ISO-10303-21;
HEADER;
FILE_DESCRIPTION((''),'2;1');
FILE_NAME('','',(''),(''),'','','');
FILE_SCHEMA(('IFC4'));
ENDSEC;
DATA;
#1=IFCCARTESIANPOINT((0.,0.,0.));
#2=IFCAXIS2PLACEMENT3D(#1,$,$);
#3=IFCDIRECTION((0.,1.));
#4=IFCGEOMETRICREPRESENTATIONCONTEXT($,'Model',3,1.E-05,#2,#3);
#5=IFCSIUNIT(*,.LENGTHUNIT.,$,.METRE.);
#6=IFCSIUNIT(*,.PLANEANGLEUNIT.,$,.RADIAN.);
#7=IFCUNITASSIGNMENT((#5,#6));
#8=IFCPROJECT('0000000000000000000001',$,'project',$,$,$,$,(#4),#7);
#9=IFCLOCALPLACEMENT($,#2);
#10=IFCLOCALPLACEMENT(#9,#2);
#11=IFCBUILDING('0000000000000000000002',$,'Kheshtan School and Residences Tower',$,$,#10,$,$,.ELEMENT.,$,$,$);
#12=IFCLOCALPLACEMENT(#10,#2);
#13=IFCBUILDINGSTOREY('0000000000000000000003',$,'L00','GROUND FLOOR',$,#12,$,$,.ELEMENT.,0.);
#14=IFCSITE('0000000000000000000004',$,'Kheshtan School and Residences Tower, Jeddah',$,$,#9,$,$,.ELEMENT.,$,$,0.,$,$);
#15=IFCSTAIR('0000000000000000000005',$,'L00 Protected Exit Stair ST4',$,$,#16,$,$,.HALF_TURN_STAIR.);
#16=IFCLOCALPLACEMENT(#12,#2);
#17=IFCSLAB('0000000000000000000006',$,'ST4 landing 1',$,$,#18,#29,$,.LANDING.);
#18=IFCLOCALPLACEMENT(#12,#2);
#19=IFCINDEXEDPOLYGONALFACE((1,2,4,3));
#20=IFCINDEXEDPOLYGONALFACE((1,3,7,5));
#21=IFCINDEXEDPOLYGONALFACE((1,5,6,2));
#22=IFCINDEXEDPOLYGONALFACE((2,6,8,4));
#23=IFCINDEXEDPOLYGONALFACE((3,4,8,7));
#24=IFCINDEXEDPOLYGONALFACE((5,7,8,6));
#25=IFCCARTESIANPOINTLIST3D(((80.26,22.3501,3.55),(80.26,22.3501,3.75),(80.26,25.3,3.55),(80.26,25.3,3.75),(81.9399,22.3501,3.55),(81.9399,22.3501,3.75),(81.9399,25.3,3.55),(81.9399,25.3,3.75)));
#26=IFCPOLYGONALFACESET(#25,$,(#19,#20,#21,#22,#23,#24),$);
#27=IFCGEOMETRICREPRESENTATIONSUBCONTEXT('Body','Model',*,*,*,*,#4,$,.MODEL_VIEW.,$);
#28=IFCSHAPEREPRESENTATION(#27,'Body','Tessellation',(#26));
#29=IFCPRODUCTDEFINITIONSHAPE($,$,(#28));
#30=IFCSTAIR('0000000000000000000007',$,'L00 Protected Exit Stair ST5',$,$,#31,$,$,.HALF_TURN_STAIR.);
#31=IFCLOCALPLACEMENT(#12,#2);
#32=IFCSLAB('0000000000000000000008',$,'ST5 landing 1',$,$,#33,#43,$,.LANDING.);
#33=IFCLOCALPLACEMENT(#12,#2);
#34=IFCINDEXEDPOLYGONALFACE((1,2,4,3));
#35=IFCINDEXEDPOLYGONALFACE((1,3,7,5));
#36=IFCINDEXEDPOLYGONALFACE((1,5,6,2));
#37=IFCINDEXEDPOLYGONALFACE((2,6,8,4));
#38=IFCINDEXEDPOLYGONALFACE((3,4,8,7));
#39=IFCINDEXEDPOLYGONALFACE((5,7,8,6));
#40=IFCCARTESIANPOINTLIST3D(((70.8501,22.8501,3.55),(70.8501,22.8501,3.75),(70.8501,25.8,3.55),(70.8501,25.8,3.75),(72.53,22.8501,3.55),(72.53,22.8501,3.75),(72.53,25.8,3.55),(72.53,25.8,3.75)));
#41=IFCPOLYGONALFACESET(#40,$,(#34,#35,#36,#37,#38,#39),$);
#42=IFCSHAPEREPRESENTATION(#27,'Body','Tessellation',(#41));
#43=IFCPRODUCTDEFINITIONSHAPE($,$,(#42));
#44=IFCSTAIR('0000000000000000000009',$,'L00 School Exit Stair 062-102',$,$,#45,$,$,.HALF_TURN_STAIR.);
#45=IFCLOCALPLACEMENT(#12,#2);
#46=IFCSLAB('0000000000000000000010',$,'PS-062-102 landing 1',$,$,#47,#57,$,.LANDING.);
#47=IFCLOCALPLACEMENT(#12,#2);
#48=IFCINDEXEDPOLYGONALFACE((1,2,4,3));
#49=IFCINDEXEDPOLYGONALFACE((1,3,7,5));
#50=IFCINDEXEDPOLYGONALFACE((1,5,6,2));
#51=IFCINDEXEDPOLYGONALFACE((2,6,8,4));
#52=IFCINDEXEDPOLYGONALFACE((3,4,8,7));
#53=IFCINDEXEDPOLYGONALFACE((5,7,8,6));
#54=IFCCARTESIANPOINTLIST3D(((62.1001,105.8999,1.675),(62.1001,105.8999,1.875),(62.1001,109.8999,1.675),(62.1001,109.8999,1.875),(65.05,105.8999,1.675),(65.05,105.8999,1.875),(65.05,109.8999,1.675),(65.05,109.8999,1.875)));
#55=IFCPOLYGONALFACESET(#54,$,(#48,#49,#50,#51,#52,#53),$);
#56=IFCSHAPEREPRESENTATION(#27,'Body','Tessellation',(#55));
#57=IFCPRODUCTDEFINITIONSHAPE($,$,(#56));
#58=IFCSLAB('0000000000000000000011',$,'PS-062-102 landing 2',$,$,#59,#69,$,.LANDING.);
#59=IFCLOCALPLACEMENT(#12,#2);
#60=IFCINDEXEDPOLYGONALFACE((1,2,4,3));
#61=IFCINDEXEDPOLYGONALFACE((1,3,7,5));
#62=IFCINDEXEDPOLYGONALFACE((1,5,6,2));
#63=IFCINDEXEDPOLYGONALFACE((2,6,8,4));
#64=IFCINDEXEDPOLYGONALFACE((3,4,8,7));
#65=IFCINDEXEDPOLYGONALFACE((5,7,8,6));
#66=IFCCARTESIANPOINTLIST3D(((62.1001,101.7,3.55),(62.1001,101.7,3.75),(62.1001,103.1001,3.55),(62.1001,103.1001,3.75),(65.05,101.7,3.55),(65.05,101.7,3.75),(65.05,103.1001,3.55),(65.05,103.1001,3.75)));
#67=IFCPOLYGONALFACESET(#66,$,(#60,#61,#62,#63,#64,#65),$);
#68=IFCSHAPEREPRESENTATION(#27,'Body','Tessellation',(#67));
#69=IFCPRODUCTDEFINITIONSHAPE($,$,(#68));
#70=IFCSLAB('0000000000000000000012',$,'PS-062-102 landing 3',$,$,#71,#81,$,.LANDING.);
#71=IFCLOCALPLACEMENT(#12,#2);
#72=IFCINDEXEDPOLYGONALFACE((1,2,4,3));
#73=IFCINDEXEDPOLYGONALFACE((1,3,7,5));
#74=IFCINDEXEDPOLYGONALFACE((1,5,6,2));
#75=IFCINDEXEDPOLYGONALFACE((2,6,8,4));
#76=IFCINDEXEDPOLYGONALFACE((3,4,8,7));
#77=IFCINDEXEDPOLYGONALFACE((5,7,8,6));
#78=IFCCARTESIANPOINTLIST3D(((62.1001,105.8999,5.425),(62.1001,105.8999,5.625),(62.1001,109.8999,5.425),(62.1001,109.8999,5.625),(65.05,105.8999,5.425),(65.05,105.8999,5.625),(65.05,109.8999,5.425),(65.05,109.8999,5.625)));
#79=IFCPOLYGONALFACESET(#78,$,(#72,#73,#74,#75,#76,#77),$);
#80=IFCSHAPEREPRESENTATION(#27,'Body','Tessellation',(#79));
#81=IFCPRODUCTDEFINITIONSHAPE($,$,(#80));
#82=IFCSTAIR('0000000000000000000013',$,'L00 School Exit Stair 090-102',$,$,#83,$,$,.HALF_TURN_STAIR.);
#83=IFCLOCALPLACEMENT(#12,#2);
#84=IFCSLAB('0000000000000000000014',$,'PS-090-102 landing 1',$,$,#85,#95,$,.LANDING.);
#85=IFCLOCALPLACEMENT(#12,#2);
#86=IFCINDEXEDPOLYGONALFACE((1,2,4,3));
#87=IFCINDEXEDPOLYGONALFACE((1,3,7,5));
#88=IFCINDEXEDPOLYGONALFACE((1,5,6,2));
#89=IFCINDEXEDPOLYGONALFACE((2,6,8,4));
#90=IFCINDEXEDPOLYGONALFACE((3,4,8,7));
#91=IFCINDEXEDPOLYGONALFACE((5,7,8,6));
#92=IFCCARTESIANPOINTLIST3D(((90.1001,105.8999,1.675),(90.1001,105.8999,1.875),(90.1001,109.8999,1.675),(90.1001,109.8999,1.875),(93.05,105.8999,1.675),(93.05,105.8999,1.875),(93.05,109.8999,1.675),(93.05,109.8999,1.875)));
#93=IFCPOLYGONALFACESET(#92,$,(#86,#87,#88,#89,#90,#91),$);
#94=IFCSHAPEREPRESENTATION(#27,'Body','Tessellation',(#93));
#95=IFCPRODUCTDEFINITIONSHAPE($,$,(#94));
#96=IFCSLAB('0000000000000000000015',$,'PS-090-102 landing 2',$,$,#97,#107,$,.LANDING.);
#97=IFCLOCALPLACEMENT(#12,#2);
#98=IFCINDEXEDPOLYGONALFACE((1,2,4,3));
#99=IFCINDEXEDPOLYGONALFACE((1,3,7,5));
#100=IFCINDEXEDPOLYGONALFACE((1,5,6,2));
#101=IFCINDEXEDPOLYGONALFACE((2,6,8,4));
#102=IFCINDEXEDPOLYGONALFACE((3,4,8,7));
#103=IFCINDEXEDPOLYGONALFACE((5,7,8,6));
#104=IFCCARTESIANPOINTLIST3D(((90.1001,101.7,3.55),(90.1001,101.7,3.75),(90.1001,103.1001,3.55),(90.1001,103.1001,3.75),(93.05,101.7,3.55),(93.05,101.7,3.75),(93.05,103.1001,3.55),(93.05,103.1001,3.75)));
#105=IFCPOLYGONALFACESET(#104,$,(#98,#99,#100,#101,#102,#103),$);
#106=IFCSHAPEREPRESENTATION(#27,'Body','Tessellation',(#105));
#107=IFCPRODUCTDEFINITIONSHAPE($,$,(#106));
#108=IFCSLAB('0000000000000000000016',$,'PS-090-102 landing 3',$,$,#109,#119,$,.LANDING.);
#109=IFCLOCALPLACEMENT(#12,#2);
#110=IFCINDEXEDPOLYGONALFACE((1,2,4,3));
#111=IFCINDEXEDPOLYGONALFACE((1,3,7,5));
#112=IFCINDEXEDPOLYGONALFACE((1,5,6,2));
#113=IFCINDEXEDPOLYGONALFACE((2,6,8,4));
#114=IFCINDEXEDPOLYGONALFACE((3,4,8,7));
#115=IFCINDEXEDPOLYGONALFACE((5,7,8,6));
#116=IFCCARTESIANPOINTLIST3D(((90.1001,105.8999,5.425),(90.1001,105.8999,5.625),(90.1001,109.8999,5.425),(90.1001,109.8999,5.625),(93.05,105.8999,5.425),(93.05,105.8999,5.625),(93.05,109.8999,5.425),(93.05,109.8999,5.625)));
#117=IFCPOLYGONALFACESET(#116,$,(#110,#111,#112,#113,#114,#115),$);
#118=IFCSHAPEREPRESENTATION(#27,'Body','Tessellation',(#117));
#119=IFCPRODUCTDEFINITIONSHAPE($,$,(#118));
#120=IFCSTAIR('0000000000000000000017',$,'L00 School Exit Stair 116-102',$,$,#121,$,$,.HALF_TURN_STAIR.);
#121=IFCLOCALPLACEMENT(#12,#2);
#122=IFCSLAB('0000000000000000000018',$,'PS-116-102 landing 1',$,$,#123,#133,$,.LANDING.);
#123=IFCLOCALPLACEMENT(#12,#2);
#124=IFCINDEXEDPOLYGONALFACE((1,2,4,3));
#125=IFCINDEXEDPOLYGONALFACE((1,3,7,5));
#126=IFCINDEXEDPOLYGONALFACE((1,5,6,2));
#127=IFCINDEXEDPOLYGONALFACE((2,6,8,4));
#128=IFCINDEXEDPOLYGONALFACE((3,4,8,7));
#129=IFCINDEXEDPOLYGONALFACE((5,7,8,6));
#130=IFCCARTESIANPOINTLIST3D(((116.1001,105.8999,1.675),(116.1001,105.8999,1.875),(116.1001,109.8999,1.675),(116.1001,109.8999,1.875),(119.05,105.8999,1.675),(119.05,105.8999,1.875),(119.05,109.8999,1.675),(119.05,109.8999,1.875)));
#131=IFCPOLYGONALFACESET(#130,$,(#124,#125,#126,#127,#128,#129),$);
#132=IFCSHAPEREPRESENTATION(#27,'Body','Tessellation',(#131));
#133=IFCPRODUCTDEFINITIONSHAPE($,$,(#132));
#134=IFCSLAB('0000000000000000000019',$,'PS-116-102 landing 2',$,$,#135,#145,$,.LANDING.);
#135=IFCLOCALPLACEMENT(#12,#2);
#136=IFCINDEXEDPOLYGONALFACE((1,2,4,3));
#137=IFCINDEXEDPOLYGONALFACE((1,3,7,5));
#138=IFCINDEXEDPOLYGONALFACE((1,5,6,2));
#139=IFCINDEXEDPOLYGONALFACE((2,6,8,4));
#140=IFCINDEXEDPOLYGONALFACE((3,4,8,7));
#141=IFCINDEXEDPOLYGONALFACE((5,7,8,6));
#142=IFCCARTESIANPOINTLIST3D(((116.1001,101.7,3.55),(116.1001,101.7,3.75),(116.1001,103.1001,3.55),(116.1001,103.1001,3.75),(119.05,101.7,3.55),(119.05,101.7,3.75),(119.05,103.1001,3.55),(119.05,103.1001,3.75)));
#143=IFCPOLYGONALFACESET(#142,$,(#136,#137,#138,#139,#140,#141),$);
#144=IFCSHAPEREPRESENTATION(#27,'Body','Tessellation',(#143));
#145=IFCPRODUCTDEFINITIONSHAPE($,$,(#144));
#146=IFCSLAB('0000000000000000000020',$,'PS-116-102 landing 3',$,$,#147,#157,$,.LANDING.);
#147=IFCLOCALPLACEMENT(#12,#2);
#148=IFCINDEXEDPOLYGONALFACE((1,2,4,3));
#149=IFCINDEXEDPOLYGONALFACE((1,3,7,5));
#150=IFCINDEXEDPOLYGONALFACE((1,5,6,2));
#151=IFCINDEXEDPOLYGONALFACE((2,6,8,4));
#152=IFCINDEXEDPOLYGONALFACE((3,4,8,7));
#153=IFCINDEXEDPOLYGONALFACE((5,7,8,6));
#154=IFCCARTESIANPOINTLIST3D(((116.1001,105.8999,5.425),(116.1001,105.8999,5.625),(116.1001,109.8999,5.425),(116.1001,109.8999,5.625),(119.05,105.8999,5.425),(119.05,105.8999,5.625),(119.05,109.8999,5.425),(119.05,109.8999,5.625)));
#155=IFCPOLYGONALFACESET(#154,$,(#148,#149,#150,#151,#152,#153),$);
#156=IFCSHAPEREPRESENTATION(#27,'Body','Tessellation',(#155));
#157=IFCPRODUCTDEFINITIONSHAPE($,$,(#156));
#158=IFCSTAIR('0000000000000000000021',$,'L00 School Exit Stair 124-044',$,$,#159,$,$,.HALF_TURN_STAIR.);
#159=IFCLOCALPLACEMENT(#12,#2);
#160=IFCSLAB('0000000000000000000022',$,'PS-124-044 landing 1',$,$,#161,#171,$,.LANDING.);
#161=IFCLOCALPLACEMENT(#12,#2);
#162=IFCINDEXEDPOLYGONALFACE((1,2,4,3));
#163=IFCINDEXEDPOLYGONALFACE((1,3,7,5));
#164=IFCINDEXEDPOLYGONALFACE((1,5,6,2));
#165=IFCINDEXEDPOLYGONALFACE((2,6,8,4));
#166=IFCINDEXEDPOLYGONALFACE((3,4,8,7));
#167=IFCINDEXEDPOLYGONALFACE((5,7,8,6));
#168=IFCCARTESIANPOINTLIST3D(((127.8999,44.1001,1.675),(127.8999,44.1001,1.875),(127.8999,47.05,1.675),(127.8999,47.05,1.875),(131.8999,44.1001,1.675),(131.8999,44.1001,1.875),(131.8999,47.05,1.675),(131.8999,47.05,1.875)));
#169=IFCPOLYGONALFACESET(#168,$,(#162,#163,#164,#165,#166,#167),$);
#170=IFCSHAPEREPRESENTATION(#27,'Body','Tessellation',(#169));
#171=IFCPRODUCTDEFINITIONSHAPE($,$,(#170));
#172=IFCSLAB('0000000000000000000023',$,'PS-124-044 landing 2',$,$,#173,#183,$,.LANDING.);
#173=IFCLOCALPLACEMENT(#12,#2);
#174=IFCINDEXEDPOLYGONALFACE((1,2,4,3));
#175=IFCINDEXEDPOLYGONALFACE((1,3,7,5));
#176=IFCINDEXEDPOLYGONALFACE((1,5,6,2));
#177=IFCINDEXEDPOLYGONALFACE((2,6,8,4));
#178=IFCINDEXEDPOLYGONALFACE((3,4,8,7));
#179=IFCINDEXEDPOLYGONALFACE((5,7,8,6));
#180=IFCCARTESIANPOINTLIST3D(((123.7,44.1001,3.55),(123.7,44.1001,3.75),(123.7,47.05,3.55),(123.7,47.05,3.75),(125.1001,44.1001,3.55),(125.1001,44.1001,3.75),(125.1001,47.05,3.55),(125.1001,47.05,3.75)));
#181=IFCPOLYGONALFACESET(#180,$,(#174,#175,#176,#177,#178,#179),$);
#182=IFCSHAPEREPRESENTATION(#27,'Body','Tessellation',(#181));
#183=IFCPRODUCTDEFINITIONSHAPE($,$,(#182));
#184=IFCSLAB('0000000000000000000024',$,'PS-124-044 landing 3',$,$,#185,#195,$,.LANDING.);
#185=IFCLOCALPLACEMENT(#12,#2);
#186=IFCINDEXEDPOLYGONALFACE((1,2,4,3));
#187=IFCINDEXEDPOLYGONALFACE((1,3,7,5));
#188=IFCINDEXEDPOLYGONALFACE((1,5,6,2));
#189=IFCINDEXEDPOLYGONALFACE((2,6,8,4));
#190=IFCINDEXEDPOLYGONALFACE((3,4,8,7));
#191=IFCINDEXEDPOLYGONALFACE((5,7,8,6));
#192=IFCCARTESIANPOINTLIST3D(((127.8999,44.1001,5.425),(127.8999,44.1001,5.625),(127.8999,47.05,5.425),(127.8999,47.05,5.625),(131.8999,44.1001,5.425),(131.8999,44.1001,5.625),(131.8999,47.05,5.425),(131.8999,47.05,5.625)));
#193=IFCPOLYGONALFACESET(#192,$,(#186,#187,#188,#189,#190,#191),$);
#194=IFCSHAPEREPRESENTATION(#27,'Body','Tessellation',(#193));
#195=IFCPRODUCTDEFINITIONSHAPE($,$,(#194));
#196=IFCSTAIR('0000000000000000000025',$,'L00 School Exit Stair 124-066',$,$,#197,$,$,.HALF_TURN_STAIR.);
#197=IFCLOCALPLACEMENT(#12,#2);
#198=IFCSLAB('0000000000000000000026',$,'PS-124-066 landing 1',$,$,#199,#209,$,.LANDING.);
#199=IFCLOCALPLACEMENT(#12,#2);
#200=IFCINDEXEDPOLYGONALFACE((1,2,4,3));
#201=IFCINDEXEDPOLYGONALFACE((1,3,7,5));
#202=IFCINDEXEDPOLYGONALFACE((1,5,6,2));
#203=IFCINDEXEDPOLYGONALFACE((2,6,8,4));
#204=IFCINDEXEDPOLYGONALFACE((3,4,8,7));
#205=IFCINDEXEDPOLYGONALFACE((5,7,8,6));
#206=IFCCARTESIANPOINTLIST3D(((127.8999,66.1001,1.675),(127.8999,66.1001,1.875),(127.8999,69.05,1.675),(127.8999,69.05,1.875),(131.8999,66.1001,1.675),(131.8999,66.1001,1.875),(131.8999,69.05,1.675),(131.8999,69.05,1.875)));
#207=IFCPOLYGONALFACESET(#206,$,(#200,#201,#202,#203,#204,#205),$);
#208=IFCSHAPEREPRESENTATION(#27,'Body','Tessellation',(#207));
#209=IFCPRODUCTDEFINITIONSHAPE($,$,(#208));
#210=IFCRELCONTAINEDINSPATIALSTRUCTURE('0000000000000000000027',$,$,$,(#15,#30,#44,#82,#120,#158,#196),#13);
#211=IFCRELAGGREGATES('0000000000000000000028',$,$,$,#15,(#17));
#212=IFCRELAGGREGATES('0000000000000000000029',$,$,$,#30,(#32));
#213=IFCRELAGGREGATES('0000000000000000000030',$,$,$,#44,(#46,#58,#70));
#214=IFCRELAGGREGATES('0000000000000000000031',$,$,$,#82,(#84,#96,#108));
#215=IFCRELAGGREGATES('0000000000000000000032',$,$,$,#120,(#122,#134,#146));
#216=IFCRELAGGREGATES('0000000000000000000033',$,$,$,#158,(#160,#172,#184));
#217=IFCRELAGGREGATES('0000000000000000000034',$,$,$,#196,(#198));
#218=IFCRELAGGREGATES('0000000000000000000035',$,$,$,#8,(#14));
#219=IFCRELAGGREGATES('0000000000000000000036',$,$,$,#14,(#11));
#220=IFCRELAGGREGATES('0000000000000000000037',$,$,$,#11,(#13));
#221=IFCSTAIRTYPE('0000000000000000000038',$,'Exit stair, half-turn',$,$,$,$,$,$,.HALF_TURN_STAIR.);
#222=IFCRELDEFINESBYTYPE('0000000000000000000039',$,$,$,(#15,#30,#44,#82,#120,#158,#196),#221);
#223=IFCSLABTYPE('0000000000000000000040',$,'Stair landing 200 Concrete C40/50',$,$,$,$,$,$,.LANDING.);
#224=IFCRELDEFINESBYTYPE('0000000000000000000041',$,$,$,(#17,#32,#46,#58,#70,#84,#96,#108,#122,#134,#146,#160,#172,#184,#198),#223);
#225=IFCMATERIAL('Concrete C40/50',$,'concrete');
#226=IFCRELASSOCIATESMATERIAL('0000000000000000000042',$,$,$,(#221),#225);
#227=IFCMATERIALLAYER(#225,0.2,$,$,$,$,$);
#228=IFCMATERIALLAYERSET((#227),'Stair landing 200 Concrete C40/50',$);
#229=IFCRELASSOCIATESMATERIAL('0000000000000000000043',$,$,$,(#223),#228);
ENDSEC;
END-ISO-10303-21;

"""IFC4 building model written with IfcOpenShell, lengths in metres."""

from ifc_helpers import new_model, si_unit, direction, frame, origin, place, context, subcontext, project, spatial, polyline, outline, extrude, material, layer, layer_set, type_object, element, aggregate, save


model = new_model("IFC4")

# Units and contexts
model_context = context("Model", 3, precision=1e-05, world=origin(), true_north=direction((0.0, 1.0)))
body_context = subcontext(model_context, "Body", "Model", "MODEL_VIEW")
ifc_project = project(units=[si_unit("LENGTHUNIT", "METRE"), si_unit("PLANEANGLEUNIT", "RADIAN")], contexts=[model_context])

# Site, building, storey
site_placement = place(None, origin())
site = spatial("IfcSite", under=ifc_project, at=site_placement, Name="Kheshtan School and Residences Tower, Jeddah", CompositionType="ELEMENT", RefElevation=0.0)
building_placement = place(site_placement, origin())
building = spatial("IfcBuilding", under=site, at=building_placement, Name="Kheshtan School and Residences Tower", CompositionType="ELEMENT")
storey_placement = place(building_placement, origin())
storey = spatial("IfcBuildingStorey", under=building, at=storey_placement, Name="L00", Description="GROUND FLOOR", CompositionType="ELEMENT", Elevation=0.0)

# Shared definitions
ifc_material_1 = material(Name="Concrete C40/50", Category="concrete")

# Stairs, slabs
stair_type = type_object("IfcStairType", Name="Exit stair, half-turn", PredefinedType="HALF_TURN_STAIR", material=ifc_material_1)
ifc_layer_1 = layer(ifc_material_1, 0.2)
ifc_layer_set_1 = layer_set([ifc_layer_1], Name="Stair landing 200 Concrete C40/50")
slab_type_1 = type_object("IfcSlabType", Name="Stair landing 200 Concrete C40/50", PredefinedType="LANDING", material=ifc_layer_set_1)
stair_1_placement = place(storey_placement, origin())
stair_1 = element("IfcStair", 1, at=stair_1_placement, inside=storey, type_object=stair_type, Name="L00 Protected Exit Stair ST4", PredefinedType="HALF_TURN_STAIR")
slab_1_placement = place(storey_placement, frame((0.0, 0.0, 3.55)))
slab_1 = element("IfcSlab", 2, at=slab_1_placement, type_object=slab_type_1, Name="ST4 landing 1", PredefinedType="LANDING", context=body_context, shape_type="SweptSolid", body=[
    extrude(outline(polyline([(81.9399, 25.3), (80.26, 25.3), (80.26, 22.3501), (81.9399, 22.3501), (81.9399, 25.3)])), origin(), (0.0, 0.0, 1.0), 0.2),
])
aggregate(stair_1, [slab_1])
stair_2_placement = place(storey_placement, origin())
stair_2 = element("IfcStair", 3, at=stair_2_placement, inside=storey, type_object=stair_type, Name="L00 Protected Exit Stair ST5", PredefinedType="HALF_TURN_STAIR")
slab_2_placement = place(storey_placement, frame((0.0, 0.0, 3.55)))
slab_2 = element("IfcSlab", 4, at=slab_2_placement, type_object=slab_type_1, Name="ST5 landing 1", PredefinedType="LANDING", context=body_context, shape_type="SweptSolid", body=[
    extrude(outline(polyline([(72.53, 25.8), (70.8501, 25.8), (70.8501, 22.8501), (72.53, 22.8501), (72.53, 25.8)])), origin(), (0.0, 0.0, 1.0), 0.2),
])
aggregate(stair_2, [slab_2])

# Stairs, slabs
stair_3_placement = place(storey_placement, origin())
stair_3 = element("IfcStair", 5, at=stair_3_placement, inside=storey, type_object=stair_type, Name="L00 School Exit Stair 062-102", PredefinedType="HALF_TURN_STAIR")
slab_3_placement = place(storey_placement, frame((0.0, 0.0, 1.675)))
slab_3 = element("IfcSlab", 6, at=slab_3_placement, type_object=slab_type_1, Name="PS-062-102 landing 1", PredefinedType="LANDING", context=body_context, shape_type="SweptSolid", body=[
    extrude(outline(polyline([(65.05, 105.8999), (65.05, 109.8999), (62.1001, 109.8999), (62.1001, 105.8999), (65.05, 105.8999)])), origin(), (0.0, 0.0, 1.0), 0.2),
])
slab_4_placement = place(storey_placement, frame((0.0, 0.0, 3.55)))
slab_4 = element("IfcSlab", 7, at=slab_4_placement, type_object=slab_type_1, Name="PS-062-102 landing 2", PredefinedType="LANDING", context=body_context, shape_type="SweptSolid", body=[
    extrude(outline(polyline([(65.05, 101.7), (65.05, 103.1001), (62.1001, 103.1001), (62.1001, 101.7), (65.05, 101.7)])), origin(), (0.0, 0.0, 1.0), 0.2),
])
slab_5_placement = place(storey_placement, frame((0.0, 0.0, 5.425)))
slab_5 = element("IfcSlab", 8, at=slab_5_placement, type_object=slab_type_1, Name="PS-062-102 landing 3", PredefinedType="LANDING", context=body_context, shape_type="SweptSolid", body=[
    extrude(outline(polyline([(65.05, 105.8999), (65.05, 109.8999), (62.1001, 109.8999), (62.1001, 105.8999), (65.05, 105.8999)])), origin(), (0.0, 0.0, 1.0), 0.2),
])
aggregate(stair_3, [slab_3, slab_4, slab_5])
stair_4_placement = place(storey_placement, origin())
stair_4 = element("IfcStair", 9, at=stair_4_placement, inside=storey, type_object=stair_type, Name="L00 School Exit Stair 090-102", PredefinedType="HALF_TURN_STAIR")
slab_6_placement = place(storey_placement, frame((0.0, 0.0, 1.675)))
slab_6 = element("IfcSlab", 10, at=slab_6_placement, type_object=slab_type_1, Name="PS-090-102 landing 1", PredefinedType="LANDING", context=body_context, shape_type="SweptSolid", body=[
    extrude(outline(polyline([(93.05, 105.8999), (93.05, 109.8999), (90.1001, 109.8999), (90.1001, 105.8999), (93.05, 105.8999)])), origin(), (0.0, 0.0, 1.0), 0.2),
])
slab_7_placement = place(storey_placement, frame((0.0, 0.0, 3.55)))
slab_7 = element("IfcSlab", 11, at=slab_7_placement, type_object=slab_type_1, Name="PS-090-102 landing 2", PredefinedType="LANDING", context=body_context, shape_type="SweptSolid", body=[
    extrude(outline(polyline([(93.05, 101.7), (93.05, 103.1001), (90.1001, 103.1001), (90.1001, 101.7), (93.05, 101.7)])), origin(), (0.0, 0.0, 1.0), 0.2),
])
slab_8_placement = place(storey_placement, frame((0.0, 0.0, 5.425)))
slab_8 = element("IfcSlab", 12, at=slab_8_placement, type_object=slab_type_1, Name="PS-090-102 landing 3", PredefinedType="LANDING", context=body_context, shape_type="SweptSolid", body=[
    extrude(outline(polyline([(93.05, 105.8999), (93.05, 109.8999), (90.1001, 109.8999), (90.1001, 105.8999), (93.05, 105.8999)])), origin(), (0.0, 0.0, 1.0), 0.2),
])
aggregate(stair_4, [slab_6, slab_7, slab_8])
stair_5_placement = place(storey_placement, origin())
stair_5 = element("IfcStair", 13, at=stair_5_placement, inside=storey, type_object=stair_type, Name="L00 School Exit Stair 116-102", PredefinedType="HALF_TURN_STAIR")
slab_9_placement = place(storey_placement, frame((0.0, 0.0, 1.675)))
slab_9 = element("IfcSlab", 14, at=slab_9_placement, type_object=slab_type_1, Name="PS-116-102 landing 1", PredefinedType="LANDING", context=body_context, shape_type="SweptSolid", body=[
    extrude(outline(polyline([(119.05, 105.8999), (119.05, 109.8999), (116.1001, 109.8999), (116.1001, 105.8999), (119.05, 105.8999)])), origin(), (0.0, 0.0, 1.0), 0.2),
])
slab_10_placement = place(storey_placement, frame((0.0, 0.0, 3.55)))
slab_10 = element("IfcSlab", 15, at=slab_10_placement, type_object=slab_type_1, Name="PS-116-102 landing 2", PredefinedType="LANDING", context=body_context, shape_type="SweptSolid", body=[
    extrude(outline(polyline([(119.05, 101.7), (119.05, 103.1001), (116.1001, 103.1001), (116.1001, 101.7), (119.05, 101.7)])), origin(), (0.0, 0.0, 1.0), 0.2),
])
slab_11_placement = place(storey_placement, frame((0.0, 0.0, 5.425)))
slab_11 = element("IfcSlab", 16, at=slab_11_placement, type_object=slab_type_1, Name="PS-116-102 landing 3", PredefinedType="LANDING", context=body_context, shape_type="SweptSolid", body=[
    extrude(outline(polyline([(119.05, 105.8999), (119.05, 109.8999), (116.1001, 109.8999), (116.1001, 105.8999), (119.05, 105.8999)])), origin(), (0.0, 0.0, 1.0), 0.2),
])
aggregate(stair_5, [slab_9, slab_10, slab_11])
stair_6_placement = place(storey_placement, origin())
stair_6 = element("IfcStair", 17, at=stair_6_placement, inside=storey, type_object=stair_type, Name="L00 School Exit Stair 124-044", PredefinedType="HALF_TURN_STAIR")
slab_12_placement = place(storey_placement, frame((0.0, 0.0, 1.675)))
slab_12 = element("IfcSlab", 18, at=slab_12_placement, type_object=slab_type_1, Name="PS-124-044 landing 1", PredefinedType="LANDING", context=body_context, shape_type="SweptSolid", body=[
    extrude(outline(polyline([(127.8999, 44.1001), (131.8999, 44.1001), (131.8999, 47.05), (127.8999, 47.05), (127.8999, 44.1001)])), origin(), (0.0, 0.0, 1.0), 0.2),
])
slab_13_placement = place(storey_placement, frame((0.0, 0.0, 3.55)))
slab_13 = element("IfcSlab", 19, at=slab_13_placement, type_object=slab_type_1, Name="PS-124-044 landing 2", PredefinedType="LANDING", context=body_context, shape_type="SweptSolid", body=[
    extrude(outline(polyline([(123.7, 44.1001), (125.1001, 44.1001), (125.1001, 47.05), (123.7, 47.05), (123.7, 44.1001)])), origin(), (0.0, 0.0, 1.0), 0.2),
])
slab_14_placement = place(storey_placement, frame((0.0, 0.0, 5.425)))
slab_14 = element("IfcSlab", 20, at=slab_14_placement, type_object=slab_type_1, Name="PS-124-044 landing 3", PredefinedType="LANDING", context=body_context, shape_type="SweptSolid", body=[
    extrude(outline(polyline([(127.8999, 44.1001), (131.8999, 44.1001), (131.8999, 47.05), (127.8999, 47.05), (127.8999, 44.1001)])), origin(), (0.0, 0.0, 1.0), 0.2),
])
aggregate(stair_6, [slab_12, slab_13, slab_14])
stair_7_placement = place(storey_placement, origin())
stair_7 = element("IfcStair", 21, at=stair_7_placement, inside=storey, type_object=stair_type, Name="L00 School Exit Stair 124-066", PredefinedType="HALF_TURN_STAIR")
slab_15_placement = place(storey_placement, frame((0.0, 0.0, 1.675)))
slab_15 = element("IfcSlab", 22, at=slab_15_placement, type_object=slab_type_1, Name="PS-124-066 landing 1", PredefinedType="LANDING", context=body_context, shape_type="SweptSolid", body=[
    extrude(outline(polyline([(127.8999, 66.1001), (131.8999, 66.1001), (131.8999, 69.05), (127.8999, 69.05), (127.8999, 66.1001)])), origin(), (0.0, 0.0, 1.0), 0.2),
])
aggregate(stair_7, [slab_15])

save(model, "model.ifc")
